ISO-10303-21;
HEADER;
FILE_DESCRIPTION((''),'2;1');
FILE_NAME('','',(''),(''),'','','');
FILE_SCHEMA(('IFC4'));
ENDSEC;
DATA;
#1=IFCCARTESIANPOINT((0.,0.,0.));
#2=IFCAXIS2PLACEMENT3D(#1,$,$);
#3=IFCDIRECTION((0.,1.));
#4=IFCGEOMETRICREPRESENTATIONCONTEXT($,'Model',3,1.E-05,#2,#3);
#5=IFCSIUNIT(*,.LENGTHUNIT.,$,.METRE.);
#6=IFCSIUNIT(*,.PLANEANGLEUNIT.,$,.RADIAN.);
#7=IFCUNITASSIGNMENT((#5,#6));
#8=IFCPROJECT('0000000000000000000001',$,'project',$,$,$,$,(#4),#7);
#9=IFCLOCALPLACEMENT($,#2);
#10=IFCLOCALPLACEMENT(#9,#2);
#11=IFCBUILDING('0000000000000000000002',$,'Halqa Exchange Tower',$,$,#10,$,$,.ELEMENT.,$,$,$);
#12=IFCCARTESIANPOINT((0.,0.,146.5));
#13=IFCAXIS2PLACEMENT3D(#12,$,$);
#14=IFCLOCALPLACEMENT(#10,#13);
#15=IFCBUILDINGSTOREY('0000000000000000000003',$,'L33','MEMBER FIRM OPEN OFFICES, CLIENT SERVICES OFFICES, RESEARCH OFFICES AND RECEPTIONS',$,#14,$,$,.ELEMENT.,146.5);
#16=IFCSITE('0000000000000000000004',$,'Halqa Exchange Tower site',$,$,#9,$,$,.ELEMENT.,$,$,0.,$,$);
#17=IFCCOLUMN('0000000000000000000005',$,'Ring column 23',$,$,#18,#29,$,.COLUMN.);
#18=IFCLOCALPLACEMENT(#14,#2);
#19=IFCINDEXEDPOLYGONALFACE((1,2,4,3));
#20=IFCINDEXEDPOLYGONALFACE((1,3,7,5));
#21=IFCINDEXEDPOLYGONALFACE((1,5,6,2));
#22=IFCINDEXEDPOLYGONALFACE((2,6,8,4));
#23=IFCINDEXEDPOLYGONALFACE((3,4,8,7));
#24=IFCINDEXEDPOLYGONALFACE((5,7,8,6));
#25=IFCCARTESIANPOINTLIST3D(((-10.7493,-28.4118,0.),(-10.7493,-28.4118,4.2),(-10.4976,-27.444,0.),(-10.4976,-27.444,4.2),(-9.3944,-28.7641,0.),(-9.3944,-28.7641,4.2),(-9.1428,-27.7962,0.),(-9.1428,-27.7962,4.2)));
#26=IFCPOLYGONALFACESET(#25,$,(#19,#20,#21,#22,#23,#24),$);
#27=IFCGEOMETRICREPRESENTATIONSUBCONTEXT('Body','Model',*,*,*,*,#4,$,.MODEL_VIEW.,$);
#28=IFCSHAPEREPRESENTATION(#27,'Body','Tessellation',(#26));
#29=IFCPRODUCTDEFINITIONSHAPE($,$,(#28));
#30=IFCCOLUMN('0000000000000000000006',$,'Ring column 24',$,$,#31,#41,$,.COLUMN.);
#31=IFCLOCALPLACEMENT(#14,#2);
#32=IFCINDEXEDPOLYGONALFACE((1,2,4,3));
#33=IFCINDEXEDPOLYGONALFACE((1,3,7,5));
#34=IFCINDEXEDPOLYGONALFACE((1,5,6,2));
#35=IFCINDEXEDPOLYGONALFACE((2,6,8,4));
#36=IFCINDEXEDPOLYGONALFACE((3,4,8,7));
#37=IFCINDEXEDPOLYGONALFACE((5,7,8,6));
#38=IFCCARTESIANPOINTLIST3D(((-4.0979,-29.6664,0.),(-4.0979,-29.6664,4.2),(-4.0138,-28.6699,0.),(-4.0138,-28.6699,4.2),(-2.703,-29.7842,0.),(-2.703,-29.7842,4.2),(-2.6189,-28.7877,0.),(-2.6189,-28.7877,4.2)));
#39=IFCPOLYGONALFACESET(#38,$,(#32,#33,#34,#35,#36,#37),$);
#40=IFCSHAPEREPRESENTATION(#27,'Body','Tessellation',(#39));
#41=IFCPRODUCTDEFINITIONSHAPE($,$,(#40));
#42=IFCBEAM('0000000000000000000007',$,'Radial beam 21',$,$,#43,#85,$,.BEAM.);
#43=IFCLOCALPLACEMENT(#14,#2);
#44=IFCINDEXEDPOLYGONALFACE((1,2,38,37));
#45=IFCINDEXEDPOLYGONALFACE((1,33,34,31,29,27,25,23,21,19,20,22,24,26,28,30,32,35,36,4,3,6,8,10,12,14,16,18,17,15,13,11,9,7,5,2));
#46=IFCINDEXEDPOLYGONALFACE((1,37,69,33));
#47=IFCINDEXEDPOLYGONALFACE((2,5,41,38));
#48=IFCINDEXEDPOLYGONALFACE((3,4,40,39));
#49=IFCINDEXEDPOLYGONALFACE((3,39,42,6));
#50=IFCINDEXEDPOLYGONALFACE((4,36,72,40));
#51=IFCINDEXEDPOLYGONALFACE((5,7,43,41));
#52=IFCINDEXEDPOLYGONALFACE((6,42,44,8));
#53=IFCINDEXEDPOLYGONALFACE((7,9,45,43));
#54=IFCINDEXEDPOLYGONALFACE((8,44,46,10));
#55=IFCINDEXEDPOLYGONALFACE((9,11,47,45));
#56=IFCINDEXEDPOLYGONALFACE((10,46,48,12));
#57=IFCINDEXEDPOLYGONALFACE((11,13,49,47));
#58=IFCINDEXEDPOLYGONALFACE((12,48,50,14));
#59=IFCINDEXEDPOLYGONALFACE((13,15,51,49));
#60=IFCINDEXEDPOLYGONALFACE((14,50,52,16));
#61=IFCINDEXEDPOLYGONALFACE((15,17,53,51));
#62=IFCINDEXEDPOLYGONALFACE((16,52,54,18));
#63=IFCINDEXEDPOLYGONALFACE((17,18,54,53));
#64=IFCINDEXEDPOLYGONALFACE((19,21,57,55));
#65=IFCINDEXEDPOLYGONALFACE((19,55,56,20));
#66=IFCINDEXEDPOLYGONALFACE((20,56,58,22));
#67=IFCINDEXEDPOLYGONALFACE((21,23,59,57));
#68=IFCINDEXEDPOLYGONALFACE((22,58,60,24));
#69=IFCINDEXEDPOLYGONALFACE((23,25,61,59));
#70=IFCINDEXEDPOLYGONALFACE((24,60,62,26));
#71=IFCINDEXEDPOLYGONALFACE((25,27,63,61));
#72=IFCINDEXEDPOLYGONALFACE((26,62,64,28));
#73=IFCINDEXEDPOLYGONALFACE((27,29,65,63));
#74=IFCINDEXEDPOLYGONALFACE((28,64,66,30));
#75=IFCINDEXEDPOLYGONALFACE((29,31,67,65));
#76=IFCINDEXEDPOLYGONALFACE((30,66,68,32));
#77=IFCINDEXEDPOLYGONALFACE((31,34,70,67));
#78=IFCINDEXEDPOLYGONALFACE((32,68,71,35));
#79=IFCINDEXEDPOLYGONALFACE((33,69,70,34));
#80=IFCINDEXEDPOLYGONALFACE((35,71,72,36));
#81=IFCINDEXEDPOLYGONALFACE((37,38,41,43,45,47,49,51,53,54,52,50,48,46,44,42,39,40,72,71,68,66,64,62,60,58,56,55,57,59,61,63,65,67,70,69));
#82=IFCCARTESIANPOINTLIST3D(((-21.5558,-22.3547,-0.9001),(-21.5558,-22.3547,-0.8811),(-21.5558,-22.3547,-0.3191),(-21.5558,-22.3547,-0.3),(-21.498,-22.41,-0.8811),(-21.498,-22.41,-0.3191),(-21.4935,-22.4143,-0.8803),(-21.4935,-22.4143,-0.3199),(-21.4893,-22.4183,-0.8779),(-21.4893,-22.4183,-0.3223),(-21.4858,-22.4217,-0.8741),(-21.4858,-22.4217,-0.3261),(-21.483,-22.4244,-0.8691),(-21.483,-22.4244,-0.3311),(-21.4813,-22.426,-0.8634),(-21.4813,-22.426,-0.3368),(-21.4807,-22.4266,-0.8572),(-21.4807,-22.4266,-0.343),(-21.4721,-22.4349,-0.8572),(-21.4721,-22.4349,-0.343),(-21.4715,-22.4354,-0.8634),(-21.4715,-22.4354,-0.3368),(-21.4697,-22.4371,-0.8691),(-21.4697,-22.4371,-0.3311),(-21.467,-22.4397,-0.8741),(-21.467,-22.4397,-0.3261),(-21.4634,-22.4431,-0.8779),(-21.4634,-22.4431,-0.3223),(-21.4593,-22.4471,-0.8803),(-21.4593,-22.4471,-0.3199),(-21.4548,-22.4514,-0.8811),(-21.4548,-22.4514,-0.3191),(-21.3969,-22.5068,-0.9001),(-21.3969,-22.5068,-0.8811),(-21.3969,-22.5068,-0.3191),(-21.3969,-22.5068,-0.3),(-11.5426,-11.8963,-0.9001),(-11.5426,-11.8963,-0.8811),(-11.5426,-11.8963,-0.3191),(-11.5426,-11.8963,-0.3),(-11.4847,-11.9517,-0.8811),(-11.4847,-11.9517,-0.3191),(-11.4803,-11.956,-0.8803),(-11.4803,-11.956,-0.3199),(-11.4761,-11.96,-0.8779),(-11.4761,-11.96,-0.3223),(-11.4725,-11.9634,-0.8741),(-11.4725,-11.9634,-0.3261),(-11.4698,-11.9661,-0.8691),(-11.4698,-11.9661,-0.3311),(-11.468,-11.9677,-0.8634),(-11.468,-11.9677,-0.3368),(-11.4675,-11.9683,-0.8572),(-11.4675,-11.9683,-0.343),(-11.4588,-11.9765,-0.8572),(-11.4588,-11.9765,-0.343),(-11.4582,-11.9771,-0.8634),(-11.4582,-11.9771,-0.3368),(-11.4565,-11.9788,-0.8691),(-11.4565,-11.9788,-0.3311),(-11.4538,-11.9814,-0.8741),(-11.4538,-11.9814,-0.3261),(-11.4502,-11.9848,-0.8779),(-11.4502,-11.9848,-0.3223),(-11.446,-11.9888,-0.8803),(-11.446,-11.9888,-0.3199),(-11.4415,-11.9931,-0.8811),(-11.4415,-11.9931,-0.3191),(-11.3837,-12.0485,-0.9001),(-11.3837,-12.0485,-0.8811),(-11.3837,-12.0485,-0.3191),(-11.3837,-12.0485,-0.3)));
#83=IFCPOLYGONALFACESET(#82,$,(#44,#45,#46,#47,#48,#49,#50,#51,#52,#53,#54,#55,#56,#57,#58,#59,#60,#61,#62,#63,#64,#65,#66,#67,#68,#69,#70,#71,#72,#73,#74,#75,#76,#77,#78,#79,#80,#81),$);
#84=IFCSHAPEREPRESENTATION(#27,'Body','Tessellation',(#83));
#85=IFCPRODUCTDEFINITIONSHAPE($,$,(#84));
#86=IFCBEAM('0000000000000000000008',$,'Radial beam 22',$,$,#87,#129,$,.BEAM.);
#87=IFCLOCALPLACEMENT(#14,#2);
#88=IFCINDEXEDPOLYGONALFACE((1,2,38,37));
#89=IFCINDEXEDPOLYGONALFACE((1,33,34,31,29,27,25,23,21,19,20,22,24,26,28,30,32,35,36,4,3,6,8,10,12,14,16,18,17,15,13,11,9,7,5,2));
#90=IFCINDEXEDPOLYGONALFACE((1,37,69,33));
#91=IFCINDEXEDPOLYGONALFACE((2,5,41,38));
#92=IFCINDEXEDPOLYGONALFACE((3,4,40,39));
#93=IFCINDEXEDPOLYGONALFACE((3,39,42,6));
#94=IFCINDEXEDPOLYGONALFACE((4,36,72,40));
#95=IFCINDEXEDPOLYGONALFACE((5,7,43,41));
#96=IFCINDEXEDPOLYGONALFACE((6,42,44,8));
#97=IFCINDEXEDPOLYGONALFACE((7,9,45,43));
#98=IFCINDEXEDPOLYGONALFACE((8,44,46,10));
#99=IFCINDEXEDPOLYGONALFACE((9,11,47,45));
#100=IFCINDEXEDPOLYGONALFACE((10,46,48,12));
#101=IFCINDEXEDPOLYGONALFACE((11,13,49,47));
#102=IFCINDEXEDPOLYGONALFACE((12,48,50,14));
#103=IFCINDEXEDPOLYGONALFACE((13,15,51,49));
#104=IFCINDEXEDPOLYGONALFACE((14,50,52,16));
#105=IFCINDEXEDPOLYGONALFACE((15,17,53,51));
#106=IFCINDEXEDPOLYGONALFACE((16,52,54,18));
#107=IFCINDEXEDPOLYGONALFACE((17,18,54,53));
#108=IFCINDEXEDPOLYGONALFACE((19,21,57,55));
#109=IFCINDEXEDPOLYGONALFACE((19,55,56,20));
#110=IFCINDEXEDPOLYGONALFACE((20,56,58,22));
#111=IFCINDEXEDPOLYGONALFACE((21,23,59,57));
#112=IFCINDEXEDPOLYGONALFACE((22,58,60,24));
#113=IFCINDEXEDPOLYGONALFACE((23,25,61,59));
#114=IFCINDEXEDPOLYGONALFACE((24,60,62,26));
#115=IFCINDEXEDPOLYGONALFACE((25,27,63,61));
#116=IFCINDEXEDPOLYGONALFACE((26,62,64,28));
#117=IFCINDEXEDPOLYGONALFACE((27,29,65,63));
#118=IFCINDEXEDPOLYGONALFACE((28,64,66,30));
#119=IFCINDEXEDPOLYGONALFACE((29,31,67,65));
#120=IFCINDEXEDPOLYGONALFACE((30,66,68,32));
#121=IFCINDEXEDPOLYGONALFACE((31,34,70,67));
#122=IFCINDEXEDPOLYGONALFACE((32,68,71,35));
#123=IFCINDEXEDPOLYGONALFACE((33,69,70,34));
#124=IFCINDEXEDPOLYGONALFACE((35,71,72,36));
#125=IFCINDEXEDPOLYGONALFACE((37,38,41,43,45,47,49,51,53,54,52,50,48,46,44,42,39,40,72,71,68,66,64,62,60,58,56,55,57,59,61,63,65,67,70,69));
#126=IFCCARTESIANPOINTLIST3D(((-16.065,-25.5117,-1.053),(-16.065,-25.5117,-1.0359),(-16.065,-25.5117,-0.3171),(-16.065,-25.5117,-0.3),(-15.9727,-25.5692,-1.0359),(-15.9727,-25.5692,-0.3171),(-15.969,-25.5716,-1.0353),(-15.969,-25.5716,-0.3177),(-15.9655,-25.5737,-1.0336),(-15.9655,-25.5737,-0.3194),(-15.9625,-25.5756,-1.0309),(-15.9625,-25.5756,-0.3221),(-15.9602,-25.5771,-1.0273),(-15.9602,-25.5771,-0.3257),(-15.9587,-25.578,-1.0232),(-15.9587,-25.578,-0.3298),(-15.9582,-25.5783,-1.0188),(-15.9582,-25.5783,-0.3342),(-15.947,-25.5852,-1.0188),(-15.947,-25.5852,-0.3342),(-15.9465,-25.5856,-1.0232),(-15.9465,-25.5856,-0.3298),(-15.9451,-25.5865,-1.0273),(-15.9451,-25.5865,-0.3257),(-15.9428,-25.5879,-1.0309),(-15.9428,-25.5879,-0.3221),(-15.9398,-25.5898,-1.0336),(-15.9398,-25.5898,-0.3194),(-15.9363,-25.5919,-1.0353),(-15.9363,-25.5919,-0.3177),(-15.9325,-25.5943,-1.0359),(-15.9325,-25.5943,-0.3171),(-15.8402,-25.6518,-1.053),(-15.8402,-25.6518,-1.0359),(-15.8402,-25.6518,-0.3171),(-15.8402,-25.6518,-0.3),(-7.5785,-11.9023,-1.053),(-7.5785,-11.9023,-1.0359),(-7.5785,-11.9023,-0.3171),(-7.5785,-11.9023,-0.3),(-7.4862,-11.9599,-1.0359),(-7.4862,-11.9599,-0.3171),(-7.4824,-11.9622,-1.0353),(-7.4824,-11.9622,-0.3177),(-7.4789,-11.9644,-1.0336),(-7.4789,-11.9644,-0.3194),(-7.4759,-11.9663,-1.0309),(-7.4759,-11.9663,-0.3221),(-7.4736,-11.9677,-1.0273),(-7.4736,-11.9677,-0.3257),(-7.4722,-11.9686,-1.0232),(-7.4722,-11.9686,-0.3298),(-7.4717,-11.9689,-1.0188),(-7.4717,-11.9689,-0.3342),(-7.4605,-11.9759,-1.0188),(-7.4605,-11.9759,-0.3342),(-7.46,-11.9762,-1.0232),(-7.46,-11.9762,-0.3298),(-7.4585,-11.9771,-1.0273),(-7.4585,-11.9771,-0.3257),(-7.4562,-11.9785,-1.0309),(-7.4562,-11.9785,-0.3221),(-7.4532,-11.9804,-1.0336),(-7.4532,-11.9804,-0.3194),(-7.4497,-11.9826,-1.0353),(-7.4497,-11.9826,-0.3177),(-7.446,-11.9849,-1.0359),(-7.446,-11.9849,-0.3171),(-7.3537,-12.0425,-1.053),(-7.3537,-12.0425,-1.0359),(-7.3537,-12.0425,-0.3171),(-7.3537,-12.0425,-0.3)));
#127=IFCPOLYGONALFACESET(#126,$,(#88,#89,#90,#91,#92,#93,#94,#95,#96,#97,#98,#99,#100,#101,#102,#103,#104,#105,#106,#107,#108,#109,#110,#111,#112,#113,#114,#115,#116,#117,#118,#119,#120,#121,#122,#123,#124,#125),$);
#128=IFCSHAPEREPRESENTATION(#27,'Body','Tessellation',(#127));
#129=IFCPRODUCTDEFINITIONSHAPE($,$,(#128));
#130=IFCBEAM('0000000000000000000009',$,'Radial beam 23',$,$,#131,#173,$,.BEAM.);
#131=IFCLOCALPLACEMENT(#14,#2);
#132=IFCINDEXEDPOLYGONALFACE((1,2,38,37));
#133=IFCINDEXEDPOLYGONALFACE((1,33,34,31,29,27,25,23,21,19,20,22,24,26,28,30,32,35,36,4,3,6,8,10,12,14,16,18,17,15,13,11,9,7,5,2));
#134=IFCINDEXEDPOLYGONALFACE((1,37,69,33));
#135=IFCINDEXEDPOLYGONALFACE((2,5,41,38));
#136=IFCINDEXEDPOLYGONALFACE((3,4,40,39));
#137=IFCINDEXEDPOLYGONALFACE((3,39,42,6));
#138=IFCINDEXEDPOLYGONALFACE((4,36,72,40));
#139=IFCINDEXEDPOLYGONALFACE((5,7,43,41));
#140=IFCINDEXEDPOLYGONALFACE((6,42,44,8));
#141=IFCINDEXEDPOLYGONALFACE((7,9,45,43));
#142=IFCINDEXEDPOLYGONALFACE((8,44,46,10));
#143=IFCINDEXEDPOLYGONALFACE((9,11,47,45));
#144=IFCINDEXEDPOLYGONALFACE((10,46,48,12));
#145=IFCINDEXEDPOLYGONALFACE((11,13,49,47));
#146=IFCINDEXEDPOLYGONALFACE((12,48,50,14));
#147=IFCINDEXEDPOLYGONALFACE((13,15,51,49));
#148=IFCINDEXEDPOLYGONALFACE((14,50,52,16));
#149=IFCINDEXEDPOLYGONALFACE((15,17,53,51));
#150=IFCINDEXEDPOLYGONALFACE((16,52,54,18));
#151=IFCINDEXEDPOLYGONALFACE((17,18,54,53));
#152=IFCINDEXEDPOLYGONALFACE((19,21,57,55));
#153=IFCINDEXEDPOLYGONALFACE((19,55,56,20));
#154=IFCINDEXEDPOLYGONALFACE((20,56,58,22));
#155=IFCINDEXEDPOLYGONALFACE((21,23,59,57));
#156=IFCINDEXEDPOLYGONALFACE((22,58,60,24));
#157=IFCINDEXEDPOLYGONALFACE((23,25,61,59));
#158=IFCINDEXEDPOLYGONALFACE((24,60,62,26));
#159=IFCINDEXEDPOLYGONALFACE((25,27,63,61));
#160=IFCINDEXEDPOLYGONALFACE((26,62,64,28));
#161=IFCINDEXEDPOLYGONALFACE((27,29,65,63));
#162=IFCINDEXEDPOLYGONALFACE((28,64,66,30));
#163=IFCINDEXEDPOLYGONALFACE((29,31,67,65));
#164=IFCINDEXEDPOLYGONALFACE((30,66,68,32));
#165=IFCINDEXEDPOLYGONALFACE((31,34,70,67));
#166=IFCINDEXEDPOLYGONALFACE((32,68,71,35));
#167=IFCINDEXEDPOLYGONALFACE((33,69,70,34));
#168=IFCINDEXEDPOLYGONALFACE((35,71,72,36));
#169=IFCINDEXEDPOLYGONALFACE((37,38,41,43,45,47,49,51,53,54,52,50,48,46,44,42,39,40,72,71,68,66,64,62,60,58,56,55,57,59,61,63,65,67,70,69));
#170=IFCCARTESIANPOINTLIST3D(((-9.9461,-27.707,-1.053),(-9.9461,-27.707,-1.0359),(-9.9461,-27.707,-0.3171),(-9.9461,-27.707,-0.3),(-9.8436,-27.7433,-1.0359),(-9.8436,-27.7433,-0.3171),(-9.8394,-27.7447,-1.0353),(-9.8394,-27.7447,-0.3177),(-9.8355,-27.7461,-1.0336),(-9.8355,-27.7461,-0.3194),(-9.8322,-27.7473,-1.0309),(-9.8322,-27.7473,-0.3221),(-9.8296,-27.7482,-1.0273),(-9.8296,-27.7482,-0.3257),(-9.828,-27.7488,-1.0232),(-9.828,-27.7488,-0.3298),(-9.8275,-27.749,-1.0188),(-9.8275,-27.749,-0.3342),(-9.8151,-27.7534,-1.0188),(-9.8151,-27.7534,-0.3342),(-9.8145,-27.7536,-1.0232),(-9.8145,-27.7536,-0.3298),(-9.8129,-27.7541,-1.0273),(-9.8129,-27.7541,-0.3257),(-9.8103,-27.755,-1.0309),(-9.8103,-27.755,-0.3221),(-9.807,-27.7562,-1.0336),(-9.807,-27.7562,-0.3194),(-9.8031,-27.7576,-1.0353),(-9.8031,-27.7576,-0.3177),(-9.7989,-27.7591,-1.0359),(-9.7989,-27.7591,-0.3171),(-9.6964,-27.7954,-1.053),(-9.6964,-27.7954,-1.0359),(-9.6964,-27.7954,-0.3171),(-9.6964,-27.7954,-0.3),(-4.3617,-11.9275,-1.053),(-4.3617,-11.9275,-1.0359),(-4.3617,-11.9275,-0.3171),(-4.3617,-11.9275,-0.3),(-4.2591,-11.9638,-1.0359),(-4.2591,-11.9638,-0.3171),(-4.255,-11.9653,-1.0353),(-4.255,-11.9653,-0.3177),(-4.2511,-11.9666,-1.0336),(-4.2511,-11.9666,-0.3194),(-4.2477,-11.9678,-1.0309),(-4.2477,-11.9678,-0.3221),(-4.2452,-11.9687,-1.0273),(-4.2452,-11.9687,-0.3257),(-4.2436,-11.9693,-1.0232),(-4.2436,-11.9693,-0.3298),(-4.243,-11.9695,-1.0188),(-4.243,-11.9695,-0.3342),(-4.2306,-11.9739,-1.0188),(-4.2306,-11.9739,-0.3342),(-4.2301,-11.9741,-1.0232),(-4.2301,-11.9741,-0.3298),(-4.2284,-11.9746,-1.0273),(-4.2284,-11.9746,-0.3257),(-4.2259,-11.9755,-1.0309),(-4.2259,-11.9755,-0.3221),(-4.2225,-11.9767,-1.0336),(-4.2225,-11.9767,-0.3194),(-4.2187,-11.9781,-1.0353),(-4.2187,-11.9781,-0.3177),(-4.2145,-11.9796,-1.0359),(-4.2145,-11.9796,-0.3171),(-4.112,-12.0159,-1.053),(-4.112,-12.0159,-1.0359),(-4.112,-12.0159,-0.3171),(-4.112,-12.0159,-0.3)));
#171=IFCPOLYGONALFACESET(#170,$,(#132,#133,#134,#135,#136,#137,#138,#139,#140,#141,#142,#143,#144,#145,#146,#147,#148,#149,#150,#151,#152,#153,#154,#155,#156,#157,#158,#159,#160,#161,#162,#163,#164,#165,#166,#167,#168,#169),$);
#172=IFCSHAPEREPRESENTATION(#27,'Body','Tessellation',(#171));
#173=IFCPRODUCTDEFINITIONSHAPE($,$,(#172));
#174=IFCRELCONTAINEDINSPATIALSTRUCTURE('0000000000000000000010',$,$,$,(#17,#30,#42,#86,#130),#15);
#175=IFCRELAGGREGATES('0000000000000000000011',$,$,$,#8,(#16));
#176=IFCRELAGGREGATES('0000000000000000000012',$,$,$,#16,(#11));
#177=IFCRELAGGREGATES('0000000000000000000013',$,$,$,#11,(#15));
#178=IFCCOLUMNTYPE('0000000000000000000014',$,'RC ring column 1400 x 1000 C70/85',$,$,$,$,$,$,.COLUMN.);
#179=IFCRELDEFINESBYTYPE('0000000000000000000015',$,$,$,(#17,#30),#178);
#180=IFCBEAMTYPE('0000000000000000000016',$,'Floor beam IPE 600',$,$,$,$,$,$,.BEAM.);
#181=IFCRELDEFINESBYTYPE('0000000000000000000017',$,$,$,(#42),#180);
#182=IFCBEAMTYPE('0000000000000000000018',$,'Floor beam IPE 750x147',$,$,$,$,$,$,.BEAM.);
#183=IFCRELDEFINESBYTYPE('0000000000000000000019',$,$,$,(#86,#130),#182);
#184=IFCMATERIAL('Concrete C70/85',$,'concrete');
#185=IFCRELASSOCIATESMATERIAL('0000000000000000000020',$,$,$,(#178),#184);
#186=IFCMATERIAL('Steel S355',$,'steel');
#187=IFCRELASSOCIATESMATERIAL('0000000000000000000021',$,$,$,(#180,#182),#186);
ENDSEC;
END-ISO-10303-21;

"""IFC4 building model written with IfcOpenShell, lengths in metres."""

from ifc_helpers import new_model, si_unit, direction, frame, origin, origin_2d, place, context, subcontext, project, spatial, rectangle, i_section, extrude, material, material_profile, profile_set, type_object, element, save


model = new_model("IFC4")

# Units and contexts
model_context = context("Model", 3, precision=1e-05, world=origin(), true_north=direction((0.0, 1.0)))
body_context = subcontext(model_context, "Body", "Model", "MODEL_VIEW")
ifc_project = project(units=[si_unit("LENGTHUNIT", "METRE"), si_unit("PLANEANGLEUNIT", "RADIAN")], contexts=[model_context])

# Site, building, storey
site_placement = place(None, origin())
site = spatial("IfcSite", under=ifc_project, at=site_placement, Name="Halqa Exchange Tower site", CompositionType="ELEMENT", RefElevation=0.0)
building_placement = place(site_placement, origin())
building = spatial("IfcBuilding", under=site, at=building_placement, Name="Halqa Exchange Tower", CompositionType="ELEMENT")
storey_placement = place(building_placement, frame((0.0, 0.0, 146.5)))
storey = spatial("IfcBuildingStorey", under=building, at=storey_placement, Name="L33", Description="MEMBER FIRM OPEN OFFICES, CLIENT SERVICES OFFICES, RESEARCH OFFICES AND RECEPTIONS", CompositionType="ELEMENT", Elevation=146.5)

# Columns
ifc_material_1 = material(Name="Concrete C70/85", Category="concrete")
ifc_material_profile_1 = material_profile(ifc_material_1, rectangle(XDim=1.3999, YDim=1.0, at=origin_2d()), Name="1400 x 1000")
ifc_profile_set_1 = profile_set([ifc_material_profile_1], Name="Concrete C70/85")
column_type = type_object("IfcColumnType", Name="RC ring column 1400 x 1000 C70/85", PredefinedType="COLUMN", material=ifc_profile_set_1)
for number, where, z_axis, x_axis, name in (
    (1, (-9.946, -28.104, 0.0), (0.0, 0.0, 1.0), (0.96782, -0.251645, 0.0), "Ring column 23"),
    (2, (-3.3584, -29.2271, 0.0), (0.0, 0.0, 1.0), (0.996455, -0.084123, 0.0), "Ring column 24"),
):
    element("IfcColumn", number, at=place(storey_placement, frame(where, z_axis=z_axis, x_axis=x_axis)), inside=storey, type_object=column_type, Name=name, PredefinedType="COLUMN", context=body_context, shape_type="SweptSolid", body=[
        extrude(rectangle(XDim=1.3999, YDim=1.0, at=origin_2d()), origin(), (0.0, 0.0, 1.0), 4.2),
    ])

# Beams
ifc_material_2 = material(Name="Steel S355", Category="steel")
ifc_material_profile_2 = material_profile(ifc_material_2, i_section(OverallWidth=0.22, OverallDepth=0.6001, WebThickness=0.012, FlangeThickness=0.019, FilletRadius=0.0239, at=origin_2d()), Name="IPE 600")
ifc_profile_set_2 = profile_set([ifc_material_profile_2], Name="Steel S355")
beam_type_1 = type_object("IfcBeamType", Name="Floor beam IPE 600", PredefinedType="BEAM", material=ifc_profile_set_2)
beam_1_placement = place(storey_placement, frame((-11.4631, -11.9724, -0.6001), z_axis=(-0.69157, -0.722309, 0.0), x_axis=(0.722309, -0.69157, 0.0)))
element("IfcBeam", 3, at=beam_1_placement, inside=storey, type_object=beam_type_1, Name="Radial beam 21", PredefinedType="BEAM", context=body_context, shape_type="SweptSolid", body=[
    extrude(i_section(OverallWidth=0.22, OverallDepth=0.6001, WebThickness=0.012, FlangeThickness=0.019, FilletRadius=0.0239, at=origin_2d()), origin(), (0.0, 0.0, 1.0), 14.479),
])
ifc_material_profile_3 = material_profile(ifc_material_2, i_section(OverallWidth=0.2649, OverallDepth=0.7529, WebThickness=0.0132, FlangeThickness=0.0171, FilletRadius=0.0171, at=origin_2d()), Name="IPE 750x147")
ifc_profile_set_3 = profile_set([ifc_material_profile_3], Name="Steel S355")
beam_type_2 = type_object("IfcBeamType", Name="Floor beam IPE 750x147", PredefinedType="BEAM", material=ifc_profile_set_3)
beam_2_placement = place(storey_placement, frame((-7.4661, -11.9724, -0.6765), z_axis=(-0.529134, -0.848538, 0.0), x_axis=(0.848538, -0.529134, 0.0)))
element("IfcBeam", 4, at=beam_2_placement, inside=storey, type_object=beam_type_2, Name="Radial beam 22", PredefinedType="BEAM", context=body_context, shape_type="SweptSolid", body=[
    extrude(i_section(OverallWidth=0.2649, OverallDepth=0.7529, WebThickness=0.0132, FlangeThickness=0.0171, FilletRadius=0.0171, at=origin_2d()), origin(), (0.0, 0.0, 1.0), 16.0386),
])
beam_3_placement = place(storey_placement, frame((-4.2368, -11.9717, -0.6765), z_axis=(-0.333629, -0.942705, 0.0), x_axis=(0.942705, -0.333629, 0.0)))
element("IfcBeam", 5, at=beam_3_placement, inside=storey, type_object=beam_type_2, Name="Radial beam 23", PredefinedType="BEAM", context=body_context, shape_type="SweptSolid", body=[
    extrude(i_section(OverallWidth=0.2649, OverallDepth=0.7529, WebThickness=0.0132, FlangeThickness=0.0171, FilletRadius=0.0171, at=origin_2d()), origin(), (0.0, 0.0, 1.0), 16.7385),
])

save(model, "model.ifc")
